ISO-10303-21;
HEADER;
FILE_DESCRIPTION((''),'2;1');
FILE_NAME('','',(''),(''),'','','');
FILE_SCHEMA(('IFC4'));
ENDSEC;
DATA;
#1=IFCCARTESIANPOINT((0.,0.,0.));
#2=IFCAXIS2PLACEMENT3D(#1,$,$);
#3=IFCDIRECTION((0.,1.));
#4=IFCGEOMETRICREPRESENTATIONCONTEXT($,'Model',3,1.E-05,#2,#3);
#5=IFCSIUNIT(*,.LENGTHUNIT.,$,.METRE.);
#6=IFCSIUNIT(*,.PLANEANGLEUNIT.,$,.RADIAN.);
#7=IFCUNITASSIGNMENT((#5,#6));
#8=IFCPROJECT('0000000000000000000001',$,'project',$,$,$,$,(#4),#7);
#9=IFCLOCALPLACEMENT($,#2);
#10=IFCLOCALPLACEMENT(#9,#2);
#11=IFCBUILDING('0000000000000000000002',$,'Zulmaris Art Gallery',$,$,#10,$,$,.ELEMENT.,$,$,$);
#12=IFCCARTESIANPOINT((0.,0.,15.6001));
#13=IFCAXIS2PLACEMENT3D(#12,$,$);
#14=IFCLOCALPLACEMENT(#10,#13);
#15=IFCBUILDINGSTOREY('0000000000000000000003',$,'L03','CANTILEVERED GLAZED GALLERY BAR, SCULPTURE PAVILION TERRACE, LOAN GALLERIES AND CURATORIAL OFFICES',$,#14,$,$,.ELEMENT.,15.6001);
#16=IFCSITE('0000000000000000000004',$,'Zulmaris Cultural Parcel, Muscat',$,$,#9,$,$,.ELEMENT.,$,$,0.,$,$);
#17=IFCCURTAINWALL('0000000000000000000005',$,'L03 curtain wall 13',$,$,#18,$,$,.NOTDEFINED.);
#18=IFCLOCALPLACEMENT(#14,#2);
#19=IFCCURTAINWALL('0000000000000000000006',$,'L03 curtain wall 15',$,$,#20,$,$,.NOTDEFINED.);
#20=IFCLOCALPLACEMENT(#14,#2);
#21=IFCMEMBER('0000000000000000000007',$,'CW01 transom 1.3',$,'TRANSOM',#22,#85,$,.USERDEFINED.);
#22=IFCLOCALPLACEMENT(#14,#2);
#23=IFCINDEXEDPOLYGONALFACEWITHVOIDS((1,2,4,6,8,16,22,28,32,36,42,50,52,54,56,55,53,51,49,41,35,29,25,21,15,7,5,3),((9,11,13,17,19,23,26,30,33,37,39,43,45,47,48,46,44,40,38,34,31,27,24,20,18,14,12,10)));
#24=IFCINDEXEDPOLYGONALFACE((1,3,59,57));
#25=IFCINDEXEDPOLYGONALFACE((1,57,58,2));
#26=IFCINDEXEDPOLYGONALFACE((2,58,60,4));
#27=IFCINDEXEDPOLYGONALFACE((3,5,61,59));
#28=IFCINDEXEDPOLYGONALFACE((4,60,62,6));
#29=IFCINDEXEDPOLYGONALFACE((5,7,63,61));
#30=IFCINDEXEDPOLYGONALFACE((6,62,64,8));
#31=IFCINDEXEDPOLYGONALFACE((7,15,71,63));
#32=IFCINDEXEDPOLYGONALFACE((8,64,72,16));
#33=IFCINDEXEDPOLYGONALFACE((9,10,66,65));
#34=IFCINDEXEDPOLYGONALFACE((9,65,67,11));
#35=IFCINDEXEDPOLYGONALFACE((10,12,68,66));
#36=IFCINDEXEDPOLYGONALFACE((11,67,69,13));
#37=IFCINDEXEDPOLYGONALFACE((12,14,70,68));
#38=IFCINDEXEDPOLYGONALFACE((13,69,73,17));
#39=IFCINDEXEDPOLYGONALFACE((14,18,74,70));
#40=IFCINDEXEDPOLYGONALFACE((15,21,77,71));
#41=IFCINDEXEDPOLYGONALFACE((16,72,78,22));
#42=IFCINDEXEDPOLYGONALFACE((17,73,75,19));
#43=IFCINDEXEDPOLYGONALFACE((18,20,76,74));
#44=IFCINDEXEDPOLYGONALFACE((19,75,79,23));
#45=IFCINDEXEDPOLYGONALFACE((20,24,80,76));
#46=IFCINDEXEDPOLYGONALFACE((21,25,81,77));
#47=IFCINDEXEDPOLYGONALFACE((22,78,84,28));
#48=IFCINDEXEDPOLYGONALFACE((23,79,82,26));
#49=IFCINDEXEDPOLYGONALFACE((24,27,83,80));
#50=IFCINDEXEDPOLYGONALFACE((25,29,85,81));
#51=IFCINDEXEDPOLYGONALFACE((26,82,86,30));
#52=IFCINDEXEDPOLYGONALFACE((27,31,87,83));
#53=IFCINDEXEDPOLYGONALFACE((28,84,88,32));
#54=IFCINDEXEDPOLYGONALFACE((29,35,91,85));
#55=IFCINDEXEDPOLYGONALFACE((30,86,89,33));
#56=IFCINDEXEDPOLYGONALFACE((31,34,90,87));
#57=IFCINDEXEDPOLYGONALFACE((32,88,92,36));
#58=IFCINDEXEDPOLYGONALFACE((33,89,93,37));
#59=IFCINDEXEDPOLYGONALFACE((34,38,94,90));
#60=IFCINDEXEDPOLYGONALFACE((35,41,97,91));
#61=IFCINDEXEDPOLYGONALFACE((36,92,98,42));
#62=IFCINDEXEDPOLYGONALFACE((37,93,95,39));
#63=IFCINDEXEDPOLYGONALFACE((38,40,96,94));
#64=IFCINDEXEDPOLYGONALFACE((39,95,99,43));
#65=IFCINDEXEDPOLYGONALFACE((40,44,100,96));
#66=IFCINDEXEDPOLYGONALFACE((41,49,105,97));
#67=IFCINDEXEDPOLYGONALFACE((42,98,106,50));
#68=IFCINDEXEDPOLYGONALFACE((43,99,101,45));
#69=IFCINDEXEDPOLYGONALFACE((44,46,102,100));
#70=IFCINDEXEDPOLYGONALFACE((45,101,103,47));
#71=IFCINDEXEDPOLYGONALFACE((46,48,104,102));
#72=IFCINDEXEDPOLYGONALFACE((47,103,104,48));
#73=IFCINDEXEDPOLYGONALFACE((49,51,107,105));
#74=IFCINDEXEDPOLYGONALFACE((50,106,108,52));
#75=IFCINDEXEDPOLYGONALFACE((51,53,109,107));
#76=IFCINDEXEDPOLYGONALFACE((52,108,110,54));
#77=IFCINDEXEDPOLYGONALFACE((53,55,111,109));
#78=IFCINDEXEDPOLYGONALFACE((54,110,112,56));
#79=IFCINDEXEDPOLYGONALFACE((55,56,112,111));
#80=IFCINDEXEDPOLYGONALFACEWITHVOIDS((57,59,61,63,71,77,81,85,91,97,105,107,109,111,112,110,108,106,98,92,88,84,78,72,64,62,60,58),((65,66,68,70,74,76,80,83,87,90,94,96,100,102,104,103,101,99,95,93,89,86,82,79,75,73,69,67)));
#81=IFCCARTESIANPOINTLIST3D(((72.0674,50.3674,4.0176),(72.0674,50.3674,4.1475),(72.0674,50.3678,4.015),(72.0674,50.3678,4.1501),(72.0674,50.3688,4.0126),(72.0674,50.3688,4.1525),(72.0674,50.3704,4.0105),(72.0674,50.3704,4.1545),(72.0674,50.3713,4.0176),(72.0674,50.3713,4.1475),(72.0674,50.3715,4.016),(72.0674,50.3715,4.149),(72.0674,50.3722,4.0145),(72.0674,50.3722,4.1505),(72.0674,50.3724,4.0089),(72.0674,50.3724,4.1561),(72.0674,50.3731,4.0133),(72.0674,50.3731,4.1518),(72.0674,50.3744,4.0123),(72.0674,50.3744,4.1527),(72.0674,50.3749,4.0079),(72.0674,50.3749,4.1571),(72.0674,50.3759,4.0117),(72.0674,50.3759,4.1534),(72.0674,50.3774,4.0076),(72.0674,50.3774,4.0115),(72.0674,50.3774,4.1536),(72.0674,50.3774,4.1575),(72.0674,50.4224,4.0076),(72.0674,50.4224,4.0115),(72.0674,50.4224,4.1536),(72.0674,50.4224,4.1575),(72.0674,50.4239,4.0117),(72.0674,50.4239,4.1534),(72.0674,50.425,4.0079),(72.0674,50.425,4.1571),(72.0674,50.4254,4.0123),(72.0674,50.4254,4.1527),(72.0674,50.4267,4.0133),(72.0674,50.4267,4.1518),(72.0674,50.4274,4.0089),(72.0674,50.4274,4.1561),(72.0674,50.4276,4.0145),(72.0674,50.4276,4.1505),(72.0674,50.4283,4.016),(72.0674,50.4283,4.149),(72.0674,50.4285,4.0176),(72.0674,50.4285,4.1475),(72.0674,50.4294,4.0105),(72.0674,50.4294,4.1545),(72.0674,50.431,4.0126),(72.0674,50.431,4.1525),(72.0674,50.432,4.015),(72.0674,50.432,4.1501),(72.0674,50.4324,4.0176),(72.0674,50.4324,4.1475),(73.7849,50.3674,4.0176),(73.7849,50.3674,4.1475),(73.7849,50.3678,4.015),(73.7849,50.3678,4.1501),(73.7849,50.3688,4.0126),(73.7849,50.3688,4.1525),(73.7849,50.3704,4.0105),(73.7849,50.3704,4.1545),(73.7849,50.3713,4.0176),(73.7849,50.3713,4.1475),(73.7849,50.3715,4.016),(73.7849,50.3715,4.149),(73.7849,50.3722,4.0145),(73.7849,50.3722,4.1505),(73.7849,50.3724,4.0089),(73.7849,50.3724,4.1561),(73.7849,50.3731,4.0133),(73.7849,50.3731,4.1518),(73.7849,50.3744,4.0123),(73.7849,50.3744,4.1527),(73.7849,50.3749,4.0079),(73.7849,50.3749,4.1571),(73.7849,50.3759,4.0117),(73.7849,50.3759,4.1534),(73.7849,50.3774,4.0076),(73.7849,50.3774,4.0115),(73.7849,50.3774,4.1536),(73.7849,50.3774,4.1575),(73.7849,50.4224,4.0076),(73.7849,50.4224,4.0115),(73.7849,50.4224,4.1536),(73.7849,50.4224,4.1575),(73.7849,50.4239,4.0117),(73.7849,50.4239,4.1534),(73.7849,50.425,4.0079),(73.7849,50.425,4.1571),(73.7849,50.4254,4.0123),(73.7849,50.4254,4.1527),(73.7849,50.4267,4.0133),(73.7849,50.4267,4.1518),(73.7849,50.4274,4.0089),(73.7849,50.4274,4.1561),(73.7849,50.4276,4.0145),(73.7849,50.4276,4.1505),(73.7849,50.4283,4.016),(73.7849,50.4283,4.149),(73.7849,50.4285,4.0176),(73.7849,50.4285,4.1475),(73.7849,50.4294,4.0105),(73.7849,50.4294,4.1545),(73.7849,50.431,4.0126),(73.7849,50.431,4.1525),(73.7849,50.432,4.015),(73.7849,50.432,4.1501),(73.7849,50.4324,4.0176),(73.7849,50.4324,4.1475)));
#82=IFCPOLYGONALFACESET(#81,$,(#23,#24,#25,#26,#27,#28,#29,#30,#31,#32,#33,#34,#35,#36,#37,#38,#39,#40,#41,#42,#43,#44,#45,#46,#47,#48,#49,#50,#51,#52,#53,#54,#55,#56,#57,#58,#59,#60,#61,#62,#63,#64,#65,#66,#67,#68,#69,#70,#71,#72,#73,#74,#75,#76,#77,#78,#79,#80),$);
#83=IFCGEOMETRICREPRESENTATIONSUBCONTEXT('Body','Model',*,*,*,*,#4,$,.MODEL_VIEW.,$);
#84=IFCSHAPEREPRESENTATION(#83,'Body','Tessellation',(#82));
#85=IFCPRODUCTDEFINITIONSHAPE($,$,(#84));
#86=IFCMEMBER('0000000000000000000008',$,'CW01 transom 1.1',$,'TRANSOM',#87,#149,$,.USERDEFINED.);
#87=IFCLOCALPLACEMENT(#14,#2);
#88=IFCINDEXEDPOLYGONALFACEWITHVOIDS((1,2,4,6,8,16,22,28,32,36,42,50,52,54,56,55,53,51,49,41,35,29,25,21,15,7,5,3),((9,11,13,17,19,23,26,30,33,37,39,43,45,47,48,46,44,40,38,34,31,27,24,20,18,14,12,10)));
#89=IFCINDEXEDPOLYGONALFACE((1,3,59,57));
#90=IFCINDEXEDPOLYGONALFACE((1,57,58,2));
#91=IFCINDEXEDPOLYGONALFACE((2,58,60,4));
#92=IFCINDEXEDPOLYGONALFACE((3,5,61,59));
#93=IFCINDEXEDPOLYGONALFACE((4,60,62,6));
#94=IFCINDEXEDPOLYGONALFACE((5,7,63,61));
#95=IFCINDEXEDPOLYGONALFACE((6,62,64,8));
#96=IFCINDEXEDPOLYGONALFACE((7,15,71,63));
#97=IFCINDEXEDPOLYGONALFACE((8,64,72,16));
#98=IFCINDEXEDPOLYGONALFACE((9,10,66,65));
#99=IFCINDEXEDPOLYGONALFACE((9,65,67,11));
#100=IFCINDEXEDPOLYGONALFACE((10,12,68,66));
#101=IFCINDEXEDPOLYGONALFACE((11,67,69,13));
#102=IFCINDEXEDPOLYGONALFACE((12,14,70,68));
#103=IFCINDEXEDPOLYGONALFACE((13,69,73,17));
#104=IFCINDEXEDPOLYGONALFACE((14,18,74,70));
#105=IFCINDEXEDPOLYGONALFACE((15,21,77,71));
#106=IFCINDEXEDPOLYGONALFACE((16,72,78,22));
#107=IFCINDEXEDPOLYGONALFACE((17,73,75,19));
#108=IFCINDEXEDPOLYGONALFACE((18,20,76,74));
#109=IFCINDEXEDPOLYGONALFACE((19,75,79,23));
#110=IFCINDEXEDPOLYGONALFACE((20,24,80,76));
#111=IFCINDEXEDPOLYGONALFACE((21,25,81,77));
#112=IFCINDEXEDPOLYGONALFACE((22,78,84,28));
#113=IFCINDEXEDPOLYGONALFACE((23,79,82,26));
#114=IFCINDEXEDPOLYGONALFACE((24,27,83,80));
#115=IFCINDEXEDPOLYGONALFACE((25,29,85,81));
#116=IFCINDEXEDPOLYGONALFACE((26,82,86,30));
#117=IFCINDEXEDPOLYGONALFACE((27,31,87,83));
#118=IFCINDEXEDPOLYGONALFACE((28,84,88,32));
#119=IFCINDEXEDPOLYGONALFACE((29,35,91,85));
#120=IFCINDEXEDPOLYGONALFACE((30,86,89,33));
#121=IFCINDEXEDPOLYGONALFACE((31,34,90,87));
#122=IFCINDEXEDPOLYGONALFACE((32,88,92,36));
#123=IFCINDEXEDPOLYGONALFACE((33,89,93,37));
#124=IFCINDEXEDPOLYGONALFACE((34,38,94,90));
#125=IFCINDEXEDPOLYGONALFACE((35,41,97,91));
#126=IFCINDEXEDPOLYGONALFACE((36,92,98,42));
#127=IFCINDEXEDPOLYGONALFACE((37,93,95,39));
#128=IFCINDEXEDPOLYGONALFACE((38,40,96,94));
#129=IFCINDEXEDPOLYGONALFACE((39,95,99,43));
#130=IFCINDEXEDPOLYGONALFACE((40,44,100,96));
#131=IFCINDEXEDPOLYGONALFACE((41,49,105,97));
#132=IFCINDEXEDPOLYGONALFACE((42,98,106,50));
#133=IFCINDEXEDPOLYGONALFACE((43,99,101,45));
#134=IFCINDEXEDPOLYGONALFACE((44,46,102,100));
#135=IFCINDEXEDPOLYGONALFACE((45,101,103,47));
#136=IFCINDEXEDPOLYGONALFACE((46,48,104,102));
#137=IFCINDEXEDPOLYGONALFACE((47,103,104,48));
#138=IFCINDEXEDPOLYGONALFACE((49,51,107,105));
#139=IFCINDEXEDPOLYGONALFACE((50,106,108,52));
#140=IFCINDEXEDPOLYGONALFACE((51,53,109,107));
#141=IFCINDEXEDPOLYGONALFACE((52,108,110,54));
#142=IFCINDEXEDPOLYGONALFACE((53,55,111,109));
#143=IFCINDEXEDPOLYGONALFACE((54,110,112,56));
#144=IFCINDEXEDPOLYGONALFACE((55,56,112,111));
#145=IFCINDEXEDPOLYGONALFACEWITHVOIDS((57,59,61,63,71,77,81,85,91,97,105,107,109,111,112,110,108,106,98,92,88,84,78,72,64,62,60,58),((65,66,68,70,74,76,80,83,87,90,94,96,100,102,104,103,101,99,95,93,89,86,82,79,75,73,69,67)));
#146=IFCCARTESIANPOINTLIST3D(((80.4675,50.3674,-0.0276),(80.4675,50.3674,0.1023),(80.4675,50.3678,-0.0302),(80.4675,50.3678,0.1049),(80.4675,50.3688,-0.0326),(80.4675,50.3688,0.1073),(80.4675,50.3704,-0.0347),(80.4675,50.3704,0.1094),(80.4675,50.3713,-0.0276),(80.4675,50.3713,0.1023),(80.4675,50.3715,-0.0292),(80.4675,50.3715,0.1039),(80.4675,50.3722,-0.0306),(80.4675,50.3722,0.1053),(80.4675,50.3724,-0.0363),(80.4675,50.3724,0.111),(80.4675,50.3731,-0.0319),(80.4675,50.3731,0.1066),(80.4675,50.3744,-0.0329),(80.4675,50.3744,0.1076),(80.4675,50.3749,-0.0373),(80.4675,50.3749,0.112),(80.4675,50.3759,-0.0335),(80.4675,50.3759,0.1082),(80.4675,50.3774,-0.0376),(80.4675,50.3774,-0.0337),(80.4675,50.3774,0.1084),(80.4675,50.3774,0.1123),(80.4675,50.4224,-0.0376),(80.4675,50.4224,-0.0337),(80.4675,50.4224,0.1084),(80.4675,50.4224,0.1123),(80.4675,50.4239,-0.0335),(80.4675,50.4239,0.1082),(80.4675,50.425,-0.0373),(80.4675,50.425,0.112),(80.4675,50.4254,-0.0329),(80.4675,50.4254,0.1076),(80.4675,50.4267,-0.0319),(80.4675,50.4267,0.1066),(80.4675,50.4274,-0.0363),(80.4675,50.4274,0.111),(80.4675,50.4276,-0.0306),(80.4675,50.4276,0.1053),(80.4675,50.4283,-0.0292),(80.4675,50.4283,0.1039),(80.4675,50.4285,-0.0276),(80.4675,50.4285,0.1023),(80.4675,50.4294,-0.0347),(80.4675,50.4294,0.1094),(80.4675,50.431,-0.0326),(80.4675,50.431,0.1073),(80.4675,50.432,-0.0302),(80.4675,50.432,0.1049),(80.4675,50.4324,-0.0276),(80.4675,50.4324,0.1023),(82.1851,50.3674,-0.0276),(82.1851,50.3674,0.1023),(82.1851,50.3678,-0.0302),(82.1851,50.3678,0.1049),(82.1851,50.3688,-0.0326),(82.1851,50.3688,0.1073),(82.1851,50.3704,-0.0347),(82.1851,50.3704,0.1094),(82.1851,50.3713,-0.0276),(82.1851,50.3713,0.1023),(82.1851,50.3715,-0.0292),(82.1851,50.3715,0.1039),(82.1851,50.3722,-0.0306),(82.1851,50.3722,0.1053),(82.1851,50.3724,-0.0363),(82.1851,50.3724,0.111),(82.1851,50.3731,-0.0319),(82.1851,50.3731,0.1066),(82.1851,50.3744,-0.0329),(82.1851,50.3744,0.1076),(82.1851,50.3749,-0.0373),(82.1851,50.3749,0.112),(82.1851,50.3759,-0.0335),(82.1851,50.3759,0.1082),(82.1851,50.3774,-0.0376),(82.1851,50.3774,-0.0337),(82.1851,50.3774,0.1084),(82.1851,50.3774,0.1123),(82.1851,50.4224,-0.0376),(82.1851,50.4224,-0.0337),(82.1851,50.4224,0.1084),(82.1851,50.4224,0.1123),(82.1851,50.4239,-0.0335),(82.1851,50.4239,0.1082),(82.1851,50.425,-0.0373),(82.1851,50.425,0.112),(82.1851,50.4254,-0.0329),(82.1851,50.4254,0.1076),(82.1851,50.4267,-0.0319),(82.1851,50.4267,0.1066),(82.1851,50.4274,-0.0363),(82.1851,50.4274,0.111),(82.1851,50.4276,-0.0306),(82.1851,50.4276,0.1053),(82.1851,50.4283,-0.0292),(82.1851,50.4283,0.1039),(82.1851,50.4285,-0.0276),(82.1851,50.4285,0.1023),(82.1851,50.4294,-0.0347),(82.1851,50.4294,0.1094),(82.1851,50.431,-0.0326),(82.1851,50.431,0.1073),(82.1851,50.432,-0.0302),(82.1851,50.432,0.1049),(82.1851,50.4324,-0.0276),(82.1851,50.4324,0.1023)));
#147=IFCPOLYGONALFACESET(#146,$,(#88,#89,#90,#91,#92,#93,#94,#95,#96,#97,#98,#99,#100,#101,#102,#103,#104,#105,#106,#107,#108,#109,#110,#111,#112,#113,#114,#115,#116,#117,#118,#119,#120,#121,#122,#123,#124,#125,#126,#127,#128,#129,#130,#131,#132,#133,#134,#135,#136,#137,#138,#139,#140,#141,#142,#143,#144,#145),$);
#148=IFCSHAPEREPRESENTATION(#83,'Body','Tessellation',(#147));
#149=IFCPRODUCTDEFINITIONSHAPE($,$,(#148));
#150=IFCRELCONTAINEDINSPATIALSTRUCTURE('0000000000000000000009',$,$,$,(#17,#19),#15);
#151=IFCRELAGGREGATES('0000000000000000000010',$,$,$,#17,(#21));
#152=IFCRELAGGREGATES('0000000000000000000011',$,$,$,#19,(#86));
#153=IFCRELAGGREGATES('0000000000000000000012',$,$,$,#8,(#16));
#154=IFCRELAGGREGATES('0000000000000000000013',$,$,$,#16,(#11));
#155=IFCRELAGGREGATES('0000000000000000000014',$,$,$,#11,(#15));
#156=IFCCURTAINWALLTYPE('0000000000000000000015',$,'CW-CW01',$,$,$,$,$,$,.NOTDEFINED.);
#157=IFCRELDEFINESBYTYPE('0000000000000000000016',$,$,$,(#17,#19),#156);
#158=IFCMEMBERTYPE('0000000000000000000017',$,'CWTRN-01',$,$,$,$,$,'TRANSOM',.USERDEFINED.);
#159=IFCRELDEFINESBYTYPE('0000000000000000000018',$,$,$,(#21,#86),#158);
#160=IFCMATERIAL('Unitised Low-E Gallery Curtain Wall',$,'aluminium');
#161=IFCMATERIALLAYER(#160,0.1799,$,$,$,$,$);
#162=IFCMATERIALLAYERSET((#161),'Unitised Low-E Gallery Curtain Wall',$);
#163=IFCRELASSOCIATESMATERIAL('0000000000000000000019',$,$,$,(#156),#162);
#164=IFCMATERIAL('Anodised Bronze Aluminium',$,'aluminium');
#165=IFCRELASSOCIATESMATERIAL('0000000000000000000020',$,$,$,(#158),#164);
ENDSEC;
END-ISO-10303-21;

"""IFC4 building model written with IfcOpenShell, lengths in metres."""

from ifc_helpers import new_model, si_unit, direction, frame, origin, origin_2d, place, context, subcontext, project, spatial, hollow_rectangle, extrude, material, layer, layer_set, material_profile, profile_set, type_object, element, aggregate, save


model = new_model("IFC4")

# Units and contexts
model_context = context("Model", 3, precision=1e-05, world=origin(), true_north=direction((0.0, 1.0)))
body_context = subcontext(model_context, "Body", "Model", "MODEL_VIEW")
ifc_project = project(units=[si_unit("LENGTHUNIT", "METRE"), si_unit("PLANEANGLEUNIT", "RADIAN")], contexts=[model_context])

# Site, building, storey
site_placement = place(None, origin())
site = spatial("IfcSite", under=ifc_project, at=site_placement, Name="Zulmaris Cultural Parcel, Muscat", CompositionType="ELEMENT", RefElevation=0.0)
building_placement = place(site_placement, origin())
building = spatial("IfcBuilding", under=site, at=building_placement, Name="Zulmaris Art Gallery", CompositionType="ELEMENT")
storey_placement = place(building_placement, frame((0.0, 0.0, 15.6001)))
storey = spatial("IfcBuildingStorey", under=building, at=storey_placement, Name="L03", Description="CANTILEVERED GLAZED GALLERY BAR, SCULPTURE PAVILION TERRACE, LOAN GALLERIES AND CURATORIAL OFFICES", CompositionType="ELEMENT", Elevation=15.6001)

# Curtain wall
ifc_material_1 = material(Name="Unitised Low-E Gallery Curtain Wall", Category="aluminium")
ifc_layer_1 = layer(ifc_material_1, 0.1799)
ifc_layer_set_1 = layer_set([ifc_layer_1], Name="Unitised Low-E Gallery Curtain Wall")
curtain_wall_type = type_object("IfcCurtainWallType", Name="CW-CW01", PredefinedType="NOTDEFINED", material=ifc_layer_set_1)
curtain_wall_1_placement = place(storey_placement, origin())
curtain_wall_1 = element("IfcCurtainWall", 1, at=curtain_wall_1_placement, inside=storey, type_object=curtain_wall_type, Name="L03 curtain wall 13", PredefinedType="NOTDEFINED")
ifc_material_2 = material(Name="Anodised Bronze Aluminium", Category="aluminium")

# Curtain wall
curtain_wall_2_placement = place(storey_placement, origin())
curtain_wall_2 = element("IfcCurtainWall", 2, at=curtain_wall_2_placement, inside=storey, type_object=curtain_wall_type, Name="L03 curtain wall 15", PredefinedType="NOTDEFINED")

# Members
ifc_material_profile_1 = material_profile(ifc_material_2, hollow_rectangle(XDim=0.0649, YDim=0.1499, WallThickness=0.0039, InnerFilletRadius=0.0061, OuterFilletRadius=0.01, at=origin_2d()), Name="ALU 65x150x4")
ifc_profile_set_1 = profile_set([ifc_material_profile_1], Name="Anodised Bronze Aluminium")
member_type_1 = type_object("IfcMemberType", Name="CWTRN-01", ElementType="TRANSOM", PredefinedType="USERDEFINED", material=ifc_profile_set_1)
member_1_placement = place(storey_placement, frame((73.7849, 50.3999, 4.0825), z_axis=(-1.0, 0.0, 0.0), x_axis=(0.0, -1.0, 0.0)))
member_1 = element("IfcMember", 3, at=member_1_placement, type_object=member_type_1, Name="CW01 transom 1.3", ObjectType="TRANSOM", PredefinedType="USERDEFINED", context=body_context, shape_type="SweptSolid", body=[
    extrude(hollow_rectangle(XDim=0.0649, YDim=0.1499, WallThickness=0.0039, InnerFilletRadius=0.0061, OuterFilletRadius=0.01, at=origin_2d()), origin(), (0.0, 0.0, 1.0), 1.7175),
])
aggregate(curtain_wall_1, [member_1])
member_2_placement = place(storey_placement, frame((82.1851, 50.3999, 0.0374), z_axis=(-1.0, 0.0, 0.0), x_axis=(0.0, -1.0, 0.0)))
member_2 = element("IfcMember", 4, at=member_2_placement, type_object=member_type_1, Name="CW01 transom 1.1", ObjectType="TRANSOM", PredefinedType="USERDEFINED", context=body_context, shape_type="SweptSolid", body=[
    extrude(hollow_rectangle(XDim=0.0649, YDim=0.1499, WallThickness=0.0039, InnerFilletRadius=0.0061, OuterFilletRadius=0.01, at=origin_2d()), origin(), (0.0, 0.0, 1.0), 1.7175),
])

aggregate(curtain_wall_2, [member_2])

save(model, "model.ifc")
